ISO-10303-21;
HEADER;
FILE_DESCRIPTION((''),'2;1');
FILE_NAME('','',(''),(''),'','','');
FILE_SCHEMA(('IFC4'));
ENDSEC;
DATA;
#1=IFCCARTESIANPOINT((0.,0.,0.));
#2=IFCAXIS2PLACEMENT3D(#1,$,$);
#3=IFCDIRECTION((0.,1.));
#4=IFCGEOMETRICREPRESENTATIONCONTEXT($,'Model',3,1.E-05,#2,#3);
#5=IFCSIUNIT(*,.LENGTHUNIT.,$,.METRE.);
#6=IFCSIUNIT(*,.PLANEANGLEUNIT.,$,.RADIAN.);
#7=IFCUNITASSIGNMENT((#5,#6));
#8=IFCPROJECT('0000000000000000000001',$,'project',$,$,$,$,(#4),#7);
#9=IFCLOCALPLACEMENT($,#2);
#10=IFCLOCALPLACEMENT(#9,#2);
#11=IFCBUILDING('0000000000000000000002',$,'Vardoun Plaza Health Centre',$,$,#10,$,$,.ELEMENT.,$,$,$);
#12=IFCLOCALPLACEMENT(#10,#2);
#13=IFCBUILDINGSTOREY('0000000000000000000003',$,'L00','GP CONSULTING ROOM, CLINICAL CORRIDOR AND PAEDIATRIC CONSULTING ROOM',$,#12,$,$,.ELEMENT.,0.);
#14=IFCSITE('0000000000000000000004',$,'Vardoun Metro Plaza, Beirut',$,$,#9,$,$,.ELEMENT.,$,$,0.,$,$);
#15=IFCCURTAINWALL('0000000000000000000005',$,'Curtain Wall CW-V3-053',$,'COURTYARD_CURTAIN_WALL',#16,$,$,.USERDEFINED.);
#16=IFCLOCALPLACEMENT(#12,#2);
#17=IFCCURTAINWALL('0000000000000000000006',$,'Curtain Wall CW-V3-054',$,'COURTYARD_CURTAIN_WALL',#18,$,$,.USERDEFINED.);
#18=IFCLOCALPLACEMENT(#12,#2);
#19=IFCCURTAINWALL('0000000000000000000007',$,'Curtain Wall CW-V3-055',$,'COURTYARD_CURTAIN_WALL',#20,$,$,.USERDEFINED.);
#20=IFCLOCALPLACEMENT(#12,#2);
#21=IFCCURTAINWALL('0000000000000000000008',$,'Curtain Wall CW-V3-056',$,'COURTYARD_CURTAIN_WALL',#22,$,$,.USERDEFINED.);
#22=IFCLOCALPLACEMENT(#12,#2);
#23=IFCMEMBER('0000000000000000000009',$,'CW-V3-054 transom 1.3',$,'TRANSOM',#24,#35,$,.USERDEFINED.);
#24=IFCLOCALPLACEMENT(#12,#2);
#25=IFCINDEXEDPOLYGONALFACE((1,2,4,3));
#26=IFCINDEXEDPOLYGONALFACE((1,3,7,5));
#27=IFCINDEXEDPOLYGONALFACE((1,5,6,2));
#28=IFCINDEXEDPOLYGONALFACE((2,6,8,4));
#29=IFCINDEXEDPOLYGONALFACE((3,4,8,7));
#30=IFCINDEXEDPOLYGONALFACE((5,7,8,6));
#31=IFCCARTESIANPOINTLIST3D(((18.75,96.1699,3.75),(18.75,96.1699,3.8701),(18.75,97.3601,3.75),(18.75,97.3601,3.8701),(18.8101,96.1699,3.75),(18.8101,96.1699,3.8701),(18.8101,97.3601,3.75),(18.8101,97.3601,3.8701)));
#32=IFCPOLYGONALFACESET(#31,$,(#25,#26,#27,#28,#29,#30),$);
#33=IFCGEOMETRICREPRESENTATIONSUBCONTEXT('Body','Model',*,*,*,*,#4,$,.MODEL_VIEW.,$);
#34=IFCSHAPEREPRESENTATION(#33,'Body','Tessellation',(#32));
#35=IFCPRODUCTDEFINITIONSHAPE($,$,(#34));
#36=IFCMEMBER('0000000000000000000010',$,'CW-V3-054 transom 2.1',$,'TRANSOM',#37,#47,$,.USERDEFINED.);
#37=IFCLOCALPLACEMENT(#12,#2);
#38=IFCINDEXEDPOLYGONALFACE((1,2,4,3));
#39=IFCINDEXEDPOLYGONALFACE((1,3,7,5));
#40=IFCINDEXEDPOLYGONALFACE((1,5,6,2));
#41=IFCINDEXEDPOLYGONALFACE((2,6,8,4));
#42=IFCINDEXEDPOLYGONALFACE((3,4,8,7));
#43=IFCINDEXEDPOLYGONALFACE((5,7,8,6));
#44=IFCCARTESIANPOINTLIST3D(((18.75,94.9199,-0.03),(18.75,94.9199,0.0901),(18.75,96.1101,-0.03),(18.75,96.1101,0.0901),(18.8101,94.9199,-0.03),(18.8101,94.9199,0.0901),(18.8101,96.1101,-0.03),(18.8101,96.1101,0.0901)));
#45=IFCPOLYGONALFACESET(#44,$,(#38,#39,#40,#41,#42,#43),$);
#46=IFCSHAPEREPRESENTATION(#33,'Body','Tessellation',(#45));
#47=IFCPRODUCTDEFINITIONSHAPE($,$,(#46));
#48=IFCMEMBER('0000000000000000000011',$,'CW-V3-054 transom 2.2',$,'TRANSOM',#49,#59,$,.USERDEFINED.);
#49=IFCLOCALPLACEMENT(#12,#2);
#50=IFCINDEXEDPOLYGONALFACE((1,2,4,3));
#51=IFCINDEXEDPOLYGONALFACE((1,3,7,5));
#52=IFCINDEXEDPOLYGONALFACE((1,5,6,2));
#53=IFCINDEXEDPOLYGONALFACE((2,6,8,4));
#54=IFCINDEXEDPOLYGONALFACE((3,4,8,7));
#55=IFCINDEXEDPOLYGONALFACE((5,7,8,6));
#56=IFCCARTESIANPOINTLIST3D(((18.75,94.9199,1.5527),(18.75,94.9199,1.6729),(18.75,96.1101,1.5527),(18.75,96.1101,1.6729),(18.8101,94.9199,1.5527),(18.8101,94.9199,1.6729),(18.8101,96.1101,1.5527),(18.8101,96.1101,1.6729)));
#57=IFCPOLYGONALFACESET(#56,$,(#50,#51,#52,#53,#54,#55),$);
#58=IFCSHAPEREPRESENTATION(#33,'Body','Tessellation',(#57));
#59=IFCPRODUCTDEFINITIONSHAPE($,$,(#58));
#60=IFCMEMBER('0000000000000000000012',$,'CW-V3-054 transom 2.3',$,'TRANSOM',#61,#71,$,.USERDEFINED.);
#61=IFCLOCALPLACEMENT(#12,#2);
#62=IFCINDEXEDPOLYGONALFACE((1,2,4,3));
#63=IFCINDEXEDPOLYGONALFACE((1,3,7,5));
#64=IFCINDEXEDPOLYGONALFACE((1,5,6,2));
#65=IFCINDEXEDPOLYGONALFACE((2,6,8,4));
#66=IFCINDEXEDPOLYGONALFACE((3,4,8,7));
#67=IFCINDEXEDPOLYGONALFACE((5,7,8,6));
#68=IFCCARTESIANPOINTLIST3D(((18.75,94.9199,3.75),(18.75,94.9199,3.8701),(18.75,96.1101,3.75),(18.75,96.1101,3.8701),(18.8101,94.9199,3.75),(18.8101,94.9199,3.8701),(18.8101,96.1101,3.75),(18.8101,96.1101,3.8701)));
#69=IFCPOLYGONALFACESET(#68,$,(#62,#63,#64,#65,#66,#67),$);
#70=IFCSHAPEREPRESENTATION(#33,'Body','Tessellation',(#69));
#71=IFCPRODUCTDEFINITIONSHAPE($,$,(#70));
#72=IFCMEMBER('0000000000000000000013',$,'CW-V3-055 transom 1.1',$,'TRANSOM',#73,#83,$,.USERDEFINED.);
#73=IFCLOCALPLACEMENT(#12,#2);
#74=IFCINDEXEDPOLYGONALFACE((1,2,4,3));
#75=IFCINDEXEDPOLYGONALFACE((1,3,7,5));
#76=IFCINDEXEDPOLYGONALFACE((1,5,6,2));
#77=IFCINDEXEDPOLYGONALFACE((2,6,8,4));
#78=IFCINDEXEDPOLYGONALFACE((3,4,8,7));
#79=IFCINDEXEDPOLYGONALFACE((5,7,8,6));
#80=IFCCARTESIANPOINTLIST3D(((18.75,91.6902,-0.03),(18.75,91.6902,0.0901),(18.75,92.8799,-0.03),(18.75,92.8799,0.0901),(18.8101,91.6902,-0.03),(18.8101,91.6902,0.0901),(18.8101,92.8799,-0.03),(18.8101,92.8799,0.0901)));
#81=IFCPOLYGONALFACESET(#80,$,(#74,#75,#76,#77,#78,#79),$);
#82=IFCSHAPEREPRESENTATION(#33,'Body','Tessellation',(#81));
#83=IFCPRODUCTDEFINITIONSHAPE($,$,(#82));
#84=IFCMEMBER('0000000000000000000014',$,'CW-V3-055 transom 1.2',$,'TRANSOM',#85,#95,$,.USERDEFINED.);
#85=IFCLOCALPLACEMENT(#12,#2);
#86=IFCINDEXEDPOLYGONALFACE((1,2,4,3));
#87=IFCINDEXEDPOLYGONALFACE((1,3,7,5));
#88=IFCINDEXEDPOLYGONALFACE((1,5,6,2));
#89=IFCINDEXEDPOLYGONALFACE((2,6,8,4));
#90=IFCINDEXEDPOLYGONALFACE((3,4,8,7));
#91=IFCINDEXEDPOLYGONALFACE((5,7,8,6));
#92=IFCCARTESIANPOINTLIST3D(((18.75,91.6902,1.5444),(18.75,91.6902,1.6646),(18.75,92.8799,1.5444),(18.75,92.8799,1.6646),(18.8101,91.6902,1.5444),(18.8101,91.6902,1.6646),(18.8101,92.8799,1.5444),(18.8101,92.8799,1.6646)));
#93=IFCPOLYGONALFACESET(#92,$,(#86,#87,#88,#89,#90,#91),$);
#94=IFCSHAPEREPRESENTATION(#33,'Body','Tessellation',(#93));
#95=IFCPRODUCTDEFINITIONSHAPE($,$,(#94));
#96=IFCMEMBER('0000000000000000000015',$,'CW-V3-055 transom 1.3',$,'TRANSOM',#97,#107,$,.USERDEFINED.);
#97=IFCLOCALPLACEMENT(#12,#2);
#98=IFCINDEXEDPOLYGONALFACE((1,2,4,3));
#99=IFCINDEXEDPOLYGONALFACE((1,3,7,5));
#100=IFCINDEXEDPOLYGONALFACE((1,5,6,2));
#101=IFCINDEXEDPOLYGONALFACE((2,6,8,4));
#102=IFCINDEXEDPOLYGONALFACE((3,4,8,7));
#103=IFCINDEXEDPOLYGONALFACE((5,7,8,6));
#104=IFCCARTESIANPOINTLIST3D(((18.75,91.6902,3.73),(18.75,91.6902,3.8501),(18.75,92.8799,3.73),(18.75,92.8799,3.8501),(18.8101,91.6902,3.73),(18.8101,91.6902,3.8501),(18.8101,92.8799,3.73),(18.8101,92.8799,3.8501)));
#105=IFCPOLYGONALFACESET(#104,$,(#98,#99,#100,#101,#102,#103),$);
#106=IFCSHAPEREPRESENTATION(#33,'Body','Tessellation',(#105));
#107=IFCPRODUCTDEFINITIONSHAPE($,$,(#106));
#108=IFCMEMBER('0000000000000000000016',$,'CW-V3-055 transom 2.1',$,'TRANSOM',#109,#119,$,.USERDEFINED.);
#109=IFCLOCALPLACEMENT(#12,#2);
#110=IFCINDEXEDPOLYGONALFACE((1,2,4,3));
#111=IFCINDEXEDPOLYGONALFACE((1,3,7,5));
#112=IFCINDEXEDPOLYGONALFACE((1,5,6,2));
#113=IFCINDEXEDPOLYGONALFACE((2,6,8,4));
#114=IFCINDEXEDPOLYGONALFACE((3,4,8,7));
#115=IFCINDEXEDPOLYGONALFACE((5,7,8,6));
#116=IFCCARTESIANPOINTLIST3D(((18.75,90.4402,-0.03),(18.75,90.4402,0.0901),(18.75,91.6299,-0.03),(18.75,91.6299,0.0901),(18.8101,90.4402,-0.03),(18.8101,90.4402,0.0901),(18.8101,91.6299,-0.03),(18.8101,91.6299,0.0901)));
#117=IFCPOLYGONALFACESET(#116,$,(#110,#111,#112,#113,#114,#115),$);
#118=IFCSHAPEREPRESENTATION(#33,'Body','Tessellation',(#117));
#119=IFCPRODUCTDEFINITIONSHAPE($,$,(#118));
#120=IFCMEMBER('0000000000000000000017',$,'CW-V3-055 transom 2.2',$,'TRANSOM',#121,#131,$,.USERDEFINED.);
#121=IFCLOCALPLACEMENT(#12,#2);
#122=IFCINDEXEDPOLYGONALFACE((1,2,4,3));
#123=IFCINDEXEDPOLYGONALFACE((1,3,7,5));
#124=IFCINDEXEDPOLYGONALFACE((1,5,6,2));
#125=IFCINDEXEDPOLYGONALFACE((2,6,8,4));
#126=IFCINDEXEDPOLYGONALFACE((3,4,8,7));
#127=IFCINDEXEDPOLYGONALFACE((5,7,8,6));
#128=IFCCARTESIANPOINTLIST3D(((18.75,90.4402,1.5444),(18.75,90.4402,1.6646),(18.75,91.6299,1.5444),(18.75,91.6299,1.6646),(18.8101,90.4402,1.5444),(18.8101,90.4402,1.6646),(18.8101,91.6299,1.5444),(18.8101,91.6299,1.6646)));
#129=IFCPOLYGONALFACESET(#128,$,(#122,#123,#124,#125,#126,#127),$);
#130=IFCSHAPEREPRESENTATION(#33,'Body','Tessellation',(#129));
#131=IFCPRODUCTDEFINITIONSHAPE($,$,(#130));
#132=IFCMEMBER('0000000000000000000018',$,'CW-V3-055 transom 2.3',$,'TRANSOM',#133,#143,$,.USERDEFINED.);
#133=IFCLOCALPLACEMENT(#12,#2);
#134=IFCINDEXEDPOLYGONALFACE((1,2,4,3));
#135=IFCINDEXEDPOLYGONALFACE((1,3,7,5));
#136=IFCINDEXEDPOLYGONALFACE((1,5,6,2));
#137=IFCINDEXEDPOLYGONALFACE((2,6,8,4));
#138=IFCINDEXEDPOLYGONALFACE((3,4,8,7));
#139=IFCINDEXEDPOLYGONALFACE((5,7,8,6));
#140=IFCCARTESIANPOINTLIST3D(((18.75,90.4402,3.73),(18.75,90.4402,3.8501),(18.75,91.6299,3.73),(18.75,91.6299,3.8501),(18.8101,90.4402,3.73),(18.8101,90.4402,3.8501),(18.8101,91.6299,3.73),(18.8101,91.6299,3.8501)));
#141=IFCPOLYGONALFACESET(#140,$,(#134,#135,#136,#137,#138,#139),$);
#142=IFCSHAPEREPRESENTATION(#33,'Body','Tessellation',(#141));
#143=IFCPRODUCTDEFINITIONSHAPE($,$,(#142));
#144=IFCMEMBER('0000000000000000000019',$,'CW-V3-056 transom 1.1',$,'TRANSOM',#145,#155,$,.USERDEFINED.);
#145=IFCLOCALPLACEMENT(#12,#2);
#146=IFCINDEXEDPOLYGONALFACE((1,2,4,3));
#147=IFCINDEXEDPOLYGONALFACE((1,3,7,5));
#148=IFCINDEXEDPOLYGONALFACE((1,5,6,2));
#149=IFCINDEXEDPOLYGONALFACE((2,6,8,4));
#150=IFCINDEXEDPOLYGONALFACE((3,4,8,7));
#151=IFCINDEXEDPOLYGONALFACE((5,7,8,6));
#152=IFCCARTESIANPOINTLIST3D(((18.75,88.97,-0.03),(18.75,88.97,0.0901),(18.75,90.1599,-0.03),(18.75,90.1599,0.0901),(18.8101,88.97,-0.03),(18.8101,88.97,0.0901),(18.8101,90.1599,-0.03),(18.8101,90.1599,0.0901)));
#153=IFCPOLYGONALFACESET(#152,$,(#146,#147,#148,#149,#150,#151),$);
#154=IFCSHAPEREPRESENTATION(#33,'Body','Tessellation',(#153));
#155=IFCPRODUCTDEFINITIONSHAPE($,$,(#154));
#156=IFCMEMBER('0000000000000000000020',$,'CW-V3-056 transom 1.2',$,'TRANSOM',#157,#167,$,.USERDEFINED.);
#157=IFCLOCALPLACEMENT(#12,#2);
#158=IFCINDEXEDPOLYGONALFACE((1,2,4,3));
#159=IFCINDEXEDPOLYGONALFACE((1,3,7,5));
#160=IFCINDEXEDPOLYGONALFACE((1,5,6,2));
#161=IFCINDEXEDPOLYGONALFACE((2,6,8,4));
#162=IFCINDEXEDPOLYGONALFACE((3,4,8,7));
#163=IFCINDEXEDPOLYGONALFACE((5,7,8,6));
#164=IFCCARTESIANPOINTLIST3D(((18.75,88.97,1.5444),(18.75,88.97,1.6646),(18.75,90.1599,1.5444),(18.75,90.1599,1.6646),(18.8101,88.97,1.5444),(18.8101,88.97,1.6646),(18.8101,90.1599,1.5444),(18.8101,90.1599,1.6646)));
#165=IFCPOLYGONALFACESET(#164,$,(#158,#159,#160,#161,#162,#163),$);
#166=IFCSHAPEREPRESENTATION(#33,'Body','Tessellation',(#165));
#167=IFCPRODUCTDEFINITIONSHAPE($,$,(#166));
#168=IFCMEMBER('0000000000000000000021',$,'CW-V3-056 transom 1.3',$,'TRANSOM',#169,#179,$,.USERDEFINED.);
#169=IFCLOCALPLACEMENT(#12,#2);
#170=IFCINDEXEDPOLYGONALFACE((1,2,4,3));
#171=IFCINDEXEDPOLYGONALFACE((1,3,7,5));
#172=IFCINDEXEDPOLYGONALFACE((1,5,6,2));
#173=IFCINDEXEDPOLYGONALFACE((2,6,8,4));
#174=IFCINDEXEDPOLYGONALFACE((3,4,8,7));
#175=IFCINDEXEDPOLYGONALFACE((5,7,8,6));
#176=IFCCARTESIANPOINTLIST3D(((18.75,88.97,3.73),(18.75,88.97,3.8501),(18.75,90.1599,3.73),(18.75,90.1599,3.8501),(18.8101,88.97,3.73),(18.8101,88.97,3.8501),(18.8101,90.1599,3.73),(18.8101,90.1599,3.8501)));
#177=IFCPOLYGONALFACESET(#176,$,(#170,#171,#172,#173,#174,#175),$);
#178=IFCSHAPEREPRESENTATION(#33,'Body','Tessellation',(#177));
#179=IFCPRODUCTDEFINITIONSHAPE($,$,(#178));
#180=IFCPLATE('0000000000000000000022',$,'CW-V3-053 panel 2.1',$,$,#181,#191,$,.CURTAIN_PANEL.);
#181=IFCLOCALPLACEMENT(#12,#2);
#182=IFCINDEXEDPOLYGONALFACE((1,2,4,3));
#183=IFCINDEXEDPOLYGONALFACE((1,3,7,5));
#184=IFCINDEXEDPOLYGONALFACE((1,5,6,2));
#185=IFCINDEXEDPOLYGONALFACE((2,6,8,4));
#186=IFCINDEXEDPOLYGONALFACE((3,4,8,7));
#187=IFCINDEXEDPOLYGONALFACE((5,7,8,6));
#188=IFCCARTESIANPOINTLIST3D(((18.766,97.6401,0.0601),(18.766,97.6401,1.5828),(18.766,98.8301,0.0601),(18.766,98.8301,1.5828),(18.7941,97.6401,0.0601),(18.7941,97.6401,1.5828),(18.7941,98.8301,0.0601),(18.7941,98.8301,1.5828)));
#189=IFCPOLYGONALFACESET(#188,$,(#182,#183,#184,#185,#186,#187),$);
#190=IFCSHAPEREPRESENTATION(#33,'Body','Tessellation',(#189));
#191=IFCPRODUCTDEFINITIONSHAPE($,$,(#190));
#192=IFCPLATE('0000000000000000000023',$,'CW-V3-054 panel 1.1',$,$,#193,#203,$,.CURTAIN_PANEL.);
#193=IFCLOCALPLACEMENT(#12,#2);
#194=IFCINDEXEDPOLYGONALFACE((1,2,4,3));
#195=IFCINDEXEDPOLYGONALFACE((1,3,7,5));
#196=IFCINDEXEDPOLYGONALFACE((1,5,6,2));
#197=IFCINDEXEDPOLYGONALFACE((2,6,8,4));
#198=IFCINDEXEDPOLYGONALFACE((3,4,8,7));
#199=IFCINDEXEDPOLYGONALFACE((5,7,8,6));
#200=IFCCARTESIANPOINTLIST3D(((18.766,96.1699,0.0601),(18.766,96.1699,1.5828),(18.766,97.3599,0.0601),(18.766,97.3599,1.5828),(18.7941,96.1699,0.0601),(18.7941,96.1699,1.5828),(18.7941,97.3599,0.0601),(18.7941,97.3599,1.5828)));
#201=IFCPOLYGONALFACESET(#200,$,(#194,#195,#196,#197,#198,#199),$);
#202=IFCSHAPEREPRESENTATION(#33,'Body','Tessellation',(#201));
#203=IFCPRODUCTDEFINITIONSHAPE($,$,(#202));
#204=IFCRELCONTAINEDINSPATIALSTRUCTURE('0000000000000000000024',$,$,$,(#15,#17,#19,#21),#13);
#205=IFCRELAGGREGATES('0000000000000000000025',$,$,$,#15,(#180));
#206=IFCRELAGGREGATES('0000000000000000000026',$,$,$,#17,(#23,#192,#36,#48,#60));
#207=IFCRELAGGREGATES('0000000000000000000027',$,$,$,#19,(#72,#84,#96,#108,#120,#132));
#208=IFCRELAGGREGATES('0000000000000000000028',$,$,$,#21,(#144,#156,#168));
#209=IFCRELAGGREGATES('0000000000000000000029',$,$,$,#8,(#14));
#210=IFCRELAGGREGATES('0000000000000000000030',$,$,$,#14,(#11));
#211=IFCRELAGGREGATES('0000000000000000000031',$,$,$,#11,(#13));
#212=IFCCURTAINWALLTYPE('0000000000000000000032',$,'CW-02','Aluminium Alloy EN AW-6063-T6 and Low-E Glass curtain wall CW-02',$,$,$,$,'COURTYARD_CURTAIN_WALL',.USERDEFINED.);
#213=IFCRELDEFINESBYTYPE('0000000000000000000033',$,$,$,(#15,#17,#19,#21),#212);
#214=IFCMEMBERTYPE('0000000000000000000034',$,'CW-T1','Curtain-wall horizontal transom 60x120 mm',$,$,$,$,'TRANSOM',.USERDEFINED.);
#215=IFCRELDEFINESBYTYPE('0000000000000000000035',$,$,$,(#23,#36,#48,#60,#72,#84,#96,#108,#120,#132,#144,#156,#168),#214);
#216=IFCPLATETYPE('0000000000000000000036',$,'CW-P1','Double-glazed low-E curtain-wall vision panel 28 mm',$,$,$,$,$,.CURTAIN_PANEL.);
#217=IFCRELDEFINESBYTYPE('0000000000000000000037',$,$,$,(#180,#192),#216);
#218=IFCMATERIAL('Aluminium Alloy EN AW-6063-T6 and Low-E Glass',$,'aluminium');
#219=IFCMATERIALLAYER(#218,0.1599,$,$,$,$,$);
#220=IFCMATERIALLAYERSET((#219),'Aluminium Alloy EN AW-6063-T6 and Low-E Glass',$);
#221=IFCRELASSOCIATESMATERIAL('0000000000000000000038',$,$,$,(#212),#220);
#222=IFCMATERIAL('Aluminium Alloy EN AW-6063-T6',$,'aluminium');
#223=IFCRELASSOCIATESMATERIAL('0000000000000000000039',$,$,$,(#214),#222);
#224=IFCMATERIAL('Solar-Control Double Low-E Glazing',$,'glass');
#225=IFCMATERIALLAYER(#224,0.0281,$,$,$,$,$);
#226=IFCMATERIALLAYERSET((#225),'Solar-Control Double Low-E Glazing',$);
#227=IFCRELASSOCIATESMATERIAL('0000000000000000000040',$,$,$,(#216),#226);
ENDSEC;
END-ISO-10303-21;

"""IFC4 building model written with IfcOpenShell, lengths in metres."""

from ifc_helpers import new_model, si_unit, direction, frame, origin, origin_2d, place, context, subcontext, project, spatial, rectangle, extrude, material, layer, layer_set, material_profile, profile_set, type_object, element, aggregate, save


model = new_model("IFC4")

# Units and contexts
model_context = context("Model", 3, precision=1e-05, world=origin(), true_north=direction((0.0, 1.0)))
body_context = subcontext(model_context, "Body", "Model", "MODEL_VIEW")
ifc_project = project(units=[si_unit("LENGTHUNIT", "METRE"), si_unit("PLANEANGLEUNIT", "RADIAN")], contexts=[model_context])

# Site, building, storey
site_placement = place(None, origin())
site = spatial("IfcSite", under=ifc_project, at=site_placement, Name="Vardoun Metro Plaza, Beirut", CompositionType="ELEMENT", RefElevation=0.0)
building_placement = place(site_placement, origin())
building = spatial("IfcBuilding", under=site, at=building_placement, Name="Vardoun Plaza Health Centre", CompositionType="ELEMENT")
storey_placement = place(building_placement, origin())
storey = spatial("IfcBuildingStorey", under=building, at=storey_placement, Name="L00", Description="GP CONSULTING ROOM, CLINICAL CORRIDOR AND PAEDIATRIC CONSULTING ROOM", CompositionType="ELEMENT", Elevation=0.0)

# Curtain wall
ifc_material_1 = material(Name="Aluminium Alloy EN AW-6063-T6 and Low-E Glass", Category="aluminium")
ifc_layer_1 = layer(ifc_material_1, 0.1599)
ifc_layer_set_1 = layer_set([ifc_layer_1], Name="Aluminium Alloy EN AW-6063-T6 and Low-E Glass")
curtain_wall_type = type_object("IfcCurtainWallType", Name="CW-02", Description="Aluminium Alloy EN AW-6063-T6 and Low-E Glass curtain wall CW-02", ElementType="COURTYARD_CURTAIN_WALL", PredefinedType="USERDEFINED", material=ifc_layer_set_1)
curtain_wall_1_placement = place(storey_placement, origin())
curtain_wall_1 = element("IfcCurtainWall", 1, at=curtain_wall_1_placement, inside=storey, type_object=curtain_wall_type, Name="Curtain Wall CW-V3-053", ObjectType="COURTYARD_CURTAIN_WALL", PredefinedType="USERDEFINED")

# Curtain walls
curtain_wall_2_placement = place(storey_placement, origin())
curtain_wall_2 = element("IfcCurtainWall", 2, at=curtain_wall_2_placement, inside=storey, type_object=curtain_wall_type, Name="Curtain Wall CW-V3-054", ObjectType="COURTYARD_CURTAIN_WALL", PredefinedType="USERDEFINED")
curtain_wall_3_placement = place(storey_placement, origin())
curtain_wall_3 = element("IfcCurtainWall", 3, at=curtain_wall_3_placement, inside=storey, type_object=curtain_wall_type, Name="Curtain Wall CW-V3-055", ObjectType="COURTYARD_CURTAIN_WALL", PredefinedType="USERDEFINED")

# Curtain wall
curtain_wall_4_placement = place(storey_placement, origin())
curtain_wall_4 = element("IfcCurtainWall", 4, at=curtain_wall_4_placement, inside=storey, type_object=curtain_wall_type, Name="Curtain Wall CW-V3-056", ObjectType="COURTYARD_CURTAIN_WALL", PredefinedType="USERDEFINED")

# Members
ifc_material_2 = material(Name="Aluminium Alloy EN AW-6063-T6", Category="aluminium")
ifc_material_profile_1 = material_profile(ifc_material_2, rectangle(XDim=0.0601, YDim=0.1201, at=origin_2d()), Name="CWT 60x120")
ifc_profile_set_1 = profile_set([ifc_material_profile_1], Name="Aluminium Alloy EN AW-6063-T6")
member_type_1 = type_object("IfcMemberType", Name="CW-T1", Description="Curtain-wall horizontal transom 60x120 mm", ElementType="TRANSOM", PredefinedType="USERDEFINED", material=ifc_profile_set_1)
member_1_placement = place(storey_placement, frame((18.78, 97.3601, 3.8101), z_axis=(0.0, -1.0, 0.0), x_axis=(1.0, 0.0, 0.0)))
member_1 = element("IfcMember", 5, at=member_1_placement, type_object=member_type_1, Name="CW-V3-054 transom 1.3", ObjectType="TRANSOM", PredefinedType="USERDEFINED", context=body_context, shape_type="SweptSolid", body=[
    extrude(rectangle(XDim=0.0601, YDim=0.1201, at=origin_2d()), origin(), (0.0, 0.0, 1.0), 1.1902),
])
member_2_placement = place(storey_placement, frame((18.78, 96.1101, 0.03), z_axis=(0.0, -1.0, 0.0), x_axis=(1.0, 0.0, 0.0)))
member_2 = element("IfcMember", 6, at=member_2_placement, type_object=member_type_1, Name="CW-V3-054 transom 2.1", ObjectType="TRANSOM", PredefinedType="USERDEFINED", context=body_context, shape_type="SweptSolid", body=[
    extrude(rectangle(XDim=0.0601, YDim=0.1201, at=origin_2d()), origin(), (0.0, 0.0, 1.0), 1.1902),
])
member_3_placement = place(storey_placement, frame((18.78, 96.1101, 1.6128), z_axis=(0.0, -1.0, 0.0), x_axis=(1.0, 0.0, 0.0)))
member_3 = element("IfcMember", 7, at=member_3_placement, type_object=member_type_1, Name="CW-V3-054 transom 2.2", ObjectType="TRANSOM", PredefinedType="USERDEFINED", context=body_context, shape_type="SweptSolid", body=[
    extrude(rectangle(XDim=0.0601, YDim=0.1201, at=origin_2d()), origin(), (0.0, 0.0, 1.0), 1.1902),
])
member_4_placement = place(storey_placement, frame((18.78, 96.1101, 3.8101), z_axis=(0.0, -1.0, 0.0), x_axis=(1.0, 0.0, 0.0)))
member_4 = element("IfcMember", 8, at=member_4_placement, type_object=member_type_1, Name="CW-V3-054 transom 2.3", ObjectType="TRANSOM", PredefinedType="USERDEFINED", context=body_context, shape_type="SweptSolid", body=[
    extrude(rectangle(XDim=0.0601, YDim=0.1201, at=origin_2d()), origin(), (0.0, 0.0, 1.0), 1.1902),
])
member_5_placement = place(storey_placement, frame((18.78, 92.8799, 0.03), z_axis=(0.0, -1.0, 0.0), x_axis=(1.0, 0.0, 0.0)))
member_5 = element("IfcMember", 9, at=member_5_placement, type_object=member_type_1, Name="CW-V3-055 transom 1.1", ObjectType="TRANSOM", PredefinedType="USERDEFINED", context=body_context, shape_type="SweptSolid", body=[
    extrude(rectangle(XDim=0.0601, YDim=0.1201, at=origin_2d()), origin(), (0.0, 0.0, 1.0), 1.1897),
])
member_6_placement = place(storey_placement, frame((18.78, 92.8799, 1.6045), z_axis=(0.0, -1.0, 0.0), x_axis=(1.0, 0.0, 0.0)))
member_6 = element("IfcMember", 10, at=member_6_placement, type_object=member_type_1, Name="CW-V3-055 transom 1.2", ObjectType="TRANSOM", PredefinedType="USERDEFINED", context=body_context, shape_type="SweptSolid", body=[
    extrude(rectangle(XDim=0.0601, YDim=0.1201, at=origin_2d()), origin(), (0.0, 0.0, 1.0), 1.1897),
])
member_7_placement = place(storey_placement, frame((18.78, 92.8799, 3.79), z_axis=(0.0, -1.0, 0.0), x_axis=(1.0, 0.0, 0.0)))
member_7 = element("IfcMember", 11, at=member_7_placement, type_object=member_type_1, Name="CW-V3-055 transom 1.3", ObjectType="TRANSOM", PredefinedType="USERDEFINED", context=body_context, shape_type="SweptSolid", body=[
    extrude(rectangle(XDim=0.0601, YDim=0.1201, at=origin_2d()), origin(), (0.0, 0.0, 1.0), 1.1897),
])
member_8_placement = place(storey_placement, frame((18.78, 91.6299, 0.03), z_axis=(0.0, -1.0, 0.0), x_axis=(1.0, 0.0, 0.0)))
member_8 = element("IfcMember", 12, at=member_8_placement, type_object=member_type_1, Name="CW-V3-055 transom 2.1", ObjectType="TRANSOM", PredefinedType="USERDEFINED", context=body_context, shape_type="SweptSolid", body=[
    extrude(rectangle(XDim=0.0601, YDim=0.1201, at=origin_2d()), origin(), (0.0, 0.0, 1.0), 1.1897),
])
member_9_placement = place(storey_placement, frame((18.78, 91.6299, 1.6045), z_axis=(0.0, -1.0, 0.0), x_axis=(1.0, 0.0, 0.0)))
member_9 = element("IfcMember", 13, at=member_9_placement, type_object=member_type_1, Name="CW-V3-055 transom 2.2", ObjectType="TRANSOM", PredefinedType="USERDEFINED", context=body_context, shape_type="SweptSolid", body=[
    extrude(rectangle(XDim=0.0601, YDim=0.1201, at=origin_2d()), origin(), (0.0, 0.0, 1.0), 1.1897),
])
member_10_placement = place(storey_placement, frame((18.78, 91.6299, 3.79), z_axis=(0.0, -1.0, 0.0), x_axis=(1.0, 0.0, 0.0)))
member_10 = element("IfcMember", 14, at=member_10_placement, type_object=member_type_1, Name="CW-V3-055 transom 2.3", ObjectType="TRANSOM", PredefinedType="USERDEFINED", context=body_context, shape_type="SweptSolid", body=[
    extrude(rectangle(XDim=0.0601, YDim=0.1201, at=origin_2d()), origin(), (0.0, 0.0, 1.0), 1.1897),
])
member_11_placement = place(storey_placement, frame((18.78, 90.1599, 0.03), z_axis=(0.0, -1.0, 0.0), x_axis=(1.0, 0.0, 0.0)))
member_11 = element("IfcMember", 15, at=member_11_placement, type_object=member_type_1, Name="CW-V3-056 transom 1.1", ObjectType="TRANSOM", PredefinedType="USERDEFINED", context=body_context, shape_type="SweptSolid", body=[
    extrude(rectangle(XDim=0.0601, YDim=0.1201, at=origin_2d()), origin(), (0.0, 0.0, 1.0), 1.1899),
])
member_12_placement = place(storey_placement, frame((18.78, 90.1599, 1.6045), z_axis=(0.0, -1.0, 0.0), x_axis=(1.0, 0.0, 0.0)))
member_12 = element("IfcMember", 16, at=member_12_placement, type_object=member_type_1, Name="CW-V3-056 transom 1.2", ObjectType="TRANSOM", PredefinedType="USERDEFINED", context=body_context, shape_type="SweptSolid", body=[
    extrude(rectangle(XDim=0.0601, YDim=0.1201, at=origin_2d()), origin(), (0.0, 0.0, 1.0), 1.1899),
])
member_13_placement = place(storey_placement, frame((18.78, 90.1599, 3.79), z_axis=(0.0, -1.0, 0.0), x_axis=(1.0, 0.0, 0.0)))
member_13 = element("IfcMember", 17, at=member_13_placement, type_object=member_type_1, Name="CW-V3-056 transom 1.3", ObjectType="TRANSOM", PredefinedType="USERDEFINED", context=body_context, shape_type="SweptSolid", body=[
    extrude(rectangle(XDim=0.0601, YDim=0.1201, at=origin_2d()), origin(), (0.0, 0.0, 1.0), 1.1899),
])

# Plates
ifc_material_3 = material(Name="Solar-Control Double Low-E Glazing", Category="glass")
ifc_layer_2 = layer(ifc_material_3, 0.0281)
ifc_layer_set_2 = layer_set([ifc_layer_2], Name="Solar-Control Double Low-E Glazing")
plate_type = type_object("IfcPlateType", Name="CW-P1", Description="Double-glazed low-E curtain-wall vision panel 28 mm", PredefinedType="CURTAIN_PANEL", material=ifc_layer_set_2)
plate_1_placement = place(storey_placement, frame((18.78, 98.2351, 0.0601), z_axis=(0.0, 0.0, 1.0), x_axis=(0.0, -1.0, 0.0)))
plate_1 = element("IfcPlate", 18, at=plate_1_placement, type_object=plate_type, Name="CW-V3-053 panel 2.1", PredefinedType="CURTAIN_PANEL", context=body_context, shape_type="SweptSolid", body=[
    extrude(rectangle(XDim=1.1899, YDim=0.0281, at=origin_2d()), origin(), (0.0, 0.0, 1.0), 1.5227),
])
aggregate(curtain_wall_1, [plate_1])
plate_2_placement = place(storey_placement, frame((18.78, 96.7649, 0.0601), z_axis=(0.0, 0.0, 1.0), x_axis=(0.0, -1.0, 0.0)))
plate_2 = element("IfcPlate", 19, at=plate_2_placement, type_object=plate_type, Name="CW-V3-054 panel 1.1", PredefinedType="CURTAIN_PANEL", context=body_context, shape_type="SweptSolid", body=[
    extrude(rectangle(XDim=1.1899, YDim=0.0281, at=origin_2d()), origin(), (0.0, 0.0, 1.0), 1.5227),
])
aggregate(curtain_wall_2, [member_1, plate_2, member_2, member_3, member_4])
aggregate(curtain_wall_3, [member_5, member_6, member_7, member_8, member_9, member_10])
aggregate(curtain_wall_4, [member_11, member_12, member_13])

save(model, "model.ifc")
